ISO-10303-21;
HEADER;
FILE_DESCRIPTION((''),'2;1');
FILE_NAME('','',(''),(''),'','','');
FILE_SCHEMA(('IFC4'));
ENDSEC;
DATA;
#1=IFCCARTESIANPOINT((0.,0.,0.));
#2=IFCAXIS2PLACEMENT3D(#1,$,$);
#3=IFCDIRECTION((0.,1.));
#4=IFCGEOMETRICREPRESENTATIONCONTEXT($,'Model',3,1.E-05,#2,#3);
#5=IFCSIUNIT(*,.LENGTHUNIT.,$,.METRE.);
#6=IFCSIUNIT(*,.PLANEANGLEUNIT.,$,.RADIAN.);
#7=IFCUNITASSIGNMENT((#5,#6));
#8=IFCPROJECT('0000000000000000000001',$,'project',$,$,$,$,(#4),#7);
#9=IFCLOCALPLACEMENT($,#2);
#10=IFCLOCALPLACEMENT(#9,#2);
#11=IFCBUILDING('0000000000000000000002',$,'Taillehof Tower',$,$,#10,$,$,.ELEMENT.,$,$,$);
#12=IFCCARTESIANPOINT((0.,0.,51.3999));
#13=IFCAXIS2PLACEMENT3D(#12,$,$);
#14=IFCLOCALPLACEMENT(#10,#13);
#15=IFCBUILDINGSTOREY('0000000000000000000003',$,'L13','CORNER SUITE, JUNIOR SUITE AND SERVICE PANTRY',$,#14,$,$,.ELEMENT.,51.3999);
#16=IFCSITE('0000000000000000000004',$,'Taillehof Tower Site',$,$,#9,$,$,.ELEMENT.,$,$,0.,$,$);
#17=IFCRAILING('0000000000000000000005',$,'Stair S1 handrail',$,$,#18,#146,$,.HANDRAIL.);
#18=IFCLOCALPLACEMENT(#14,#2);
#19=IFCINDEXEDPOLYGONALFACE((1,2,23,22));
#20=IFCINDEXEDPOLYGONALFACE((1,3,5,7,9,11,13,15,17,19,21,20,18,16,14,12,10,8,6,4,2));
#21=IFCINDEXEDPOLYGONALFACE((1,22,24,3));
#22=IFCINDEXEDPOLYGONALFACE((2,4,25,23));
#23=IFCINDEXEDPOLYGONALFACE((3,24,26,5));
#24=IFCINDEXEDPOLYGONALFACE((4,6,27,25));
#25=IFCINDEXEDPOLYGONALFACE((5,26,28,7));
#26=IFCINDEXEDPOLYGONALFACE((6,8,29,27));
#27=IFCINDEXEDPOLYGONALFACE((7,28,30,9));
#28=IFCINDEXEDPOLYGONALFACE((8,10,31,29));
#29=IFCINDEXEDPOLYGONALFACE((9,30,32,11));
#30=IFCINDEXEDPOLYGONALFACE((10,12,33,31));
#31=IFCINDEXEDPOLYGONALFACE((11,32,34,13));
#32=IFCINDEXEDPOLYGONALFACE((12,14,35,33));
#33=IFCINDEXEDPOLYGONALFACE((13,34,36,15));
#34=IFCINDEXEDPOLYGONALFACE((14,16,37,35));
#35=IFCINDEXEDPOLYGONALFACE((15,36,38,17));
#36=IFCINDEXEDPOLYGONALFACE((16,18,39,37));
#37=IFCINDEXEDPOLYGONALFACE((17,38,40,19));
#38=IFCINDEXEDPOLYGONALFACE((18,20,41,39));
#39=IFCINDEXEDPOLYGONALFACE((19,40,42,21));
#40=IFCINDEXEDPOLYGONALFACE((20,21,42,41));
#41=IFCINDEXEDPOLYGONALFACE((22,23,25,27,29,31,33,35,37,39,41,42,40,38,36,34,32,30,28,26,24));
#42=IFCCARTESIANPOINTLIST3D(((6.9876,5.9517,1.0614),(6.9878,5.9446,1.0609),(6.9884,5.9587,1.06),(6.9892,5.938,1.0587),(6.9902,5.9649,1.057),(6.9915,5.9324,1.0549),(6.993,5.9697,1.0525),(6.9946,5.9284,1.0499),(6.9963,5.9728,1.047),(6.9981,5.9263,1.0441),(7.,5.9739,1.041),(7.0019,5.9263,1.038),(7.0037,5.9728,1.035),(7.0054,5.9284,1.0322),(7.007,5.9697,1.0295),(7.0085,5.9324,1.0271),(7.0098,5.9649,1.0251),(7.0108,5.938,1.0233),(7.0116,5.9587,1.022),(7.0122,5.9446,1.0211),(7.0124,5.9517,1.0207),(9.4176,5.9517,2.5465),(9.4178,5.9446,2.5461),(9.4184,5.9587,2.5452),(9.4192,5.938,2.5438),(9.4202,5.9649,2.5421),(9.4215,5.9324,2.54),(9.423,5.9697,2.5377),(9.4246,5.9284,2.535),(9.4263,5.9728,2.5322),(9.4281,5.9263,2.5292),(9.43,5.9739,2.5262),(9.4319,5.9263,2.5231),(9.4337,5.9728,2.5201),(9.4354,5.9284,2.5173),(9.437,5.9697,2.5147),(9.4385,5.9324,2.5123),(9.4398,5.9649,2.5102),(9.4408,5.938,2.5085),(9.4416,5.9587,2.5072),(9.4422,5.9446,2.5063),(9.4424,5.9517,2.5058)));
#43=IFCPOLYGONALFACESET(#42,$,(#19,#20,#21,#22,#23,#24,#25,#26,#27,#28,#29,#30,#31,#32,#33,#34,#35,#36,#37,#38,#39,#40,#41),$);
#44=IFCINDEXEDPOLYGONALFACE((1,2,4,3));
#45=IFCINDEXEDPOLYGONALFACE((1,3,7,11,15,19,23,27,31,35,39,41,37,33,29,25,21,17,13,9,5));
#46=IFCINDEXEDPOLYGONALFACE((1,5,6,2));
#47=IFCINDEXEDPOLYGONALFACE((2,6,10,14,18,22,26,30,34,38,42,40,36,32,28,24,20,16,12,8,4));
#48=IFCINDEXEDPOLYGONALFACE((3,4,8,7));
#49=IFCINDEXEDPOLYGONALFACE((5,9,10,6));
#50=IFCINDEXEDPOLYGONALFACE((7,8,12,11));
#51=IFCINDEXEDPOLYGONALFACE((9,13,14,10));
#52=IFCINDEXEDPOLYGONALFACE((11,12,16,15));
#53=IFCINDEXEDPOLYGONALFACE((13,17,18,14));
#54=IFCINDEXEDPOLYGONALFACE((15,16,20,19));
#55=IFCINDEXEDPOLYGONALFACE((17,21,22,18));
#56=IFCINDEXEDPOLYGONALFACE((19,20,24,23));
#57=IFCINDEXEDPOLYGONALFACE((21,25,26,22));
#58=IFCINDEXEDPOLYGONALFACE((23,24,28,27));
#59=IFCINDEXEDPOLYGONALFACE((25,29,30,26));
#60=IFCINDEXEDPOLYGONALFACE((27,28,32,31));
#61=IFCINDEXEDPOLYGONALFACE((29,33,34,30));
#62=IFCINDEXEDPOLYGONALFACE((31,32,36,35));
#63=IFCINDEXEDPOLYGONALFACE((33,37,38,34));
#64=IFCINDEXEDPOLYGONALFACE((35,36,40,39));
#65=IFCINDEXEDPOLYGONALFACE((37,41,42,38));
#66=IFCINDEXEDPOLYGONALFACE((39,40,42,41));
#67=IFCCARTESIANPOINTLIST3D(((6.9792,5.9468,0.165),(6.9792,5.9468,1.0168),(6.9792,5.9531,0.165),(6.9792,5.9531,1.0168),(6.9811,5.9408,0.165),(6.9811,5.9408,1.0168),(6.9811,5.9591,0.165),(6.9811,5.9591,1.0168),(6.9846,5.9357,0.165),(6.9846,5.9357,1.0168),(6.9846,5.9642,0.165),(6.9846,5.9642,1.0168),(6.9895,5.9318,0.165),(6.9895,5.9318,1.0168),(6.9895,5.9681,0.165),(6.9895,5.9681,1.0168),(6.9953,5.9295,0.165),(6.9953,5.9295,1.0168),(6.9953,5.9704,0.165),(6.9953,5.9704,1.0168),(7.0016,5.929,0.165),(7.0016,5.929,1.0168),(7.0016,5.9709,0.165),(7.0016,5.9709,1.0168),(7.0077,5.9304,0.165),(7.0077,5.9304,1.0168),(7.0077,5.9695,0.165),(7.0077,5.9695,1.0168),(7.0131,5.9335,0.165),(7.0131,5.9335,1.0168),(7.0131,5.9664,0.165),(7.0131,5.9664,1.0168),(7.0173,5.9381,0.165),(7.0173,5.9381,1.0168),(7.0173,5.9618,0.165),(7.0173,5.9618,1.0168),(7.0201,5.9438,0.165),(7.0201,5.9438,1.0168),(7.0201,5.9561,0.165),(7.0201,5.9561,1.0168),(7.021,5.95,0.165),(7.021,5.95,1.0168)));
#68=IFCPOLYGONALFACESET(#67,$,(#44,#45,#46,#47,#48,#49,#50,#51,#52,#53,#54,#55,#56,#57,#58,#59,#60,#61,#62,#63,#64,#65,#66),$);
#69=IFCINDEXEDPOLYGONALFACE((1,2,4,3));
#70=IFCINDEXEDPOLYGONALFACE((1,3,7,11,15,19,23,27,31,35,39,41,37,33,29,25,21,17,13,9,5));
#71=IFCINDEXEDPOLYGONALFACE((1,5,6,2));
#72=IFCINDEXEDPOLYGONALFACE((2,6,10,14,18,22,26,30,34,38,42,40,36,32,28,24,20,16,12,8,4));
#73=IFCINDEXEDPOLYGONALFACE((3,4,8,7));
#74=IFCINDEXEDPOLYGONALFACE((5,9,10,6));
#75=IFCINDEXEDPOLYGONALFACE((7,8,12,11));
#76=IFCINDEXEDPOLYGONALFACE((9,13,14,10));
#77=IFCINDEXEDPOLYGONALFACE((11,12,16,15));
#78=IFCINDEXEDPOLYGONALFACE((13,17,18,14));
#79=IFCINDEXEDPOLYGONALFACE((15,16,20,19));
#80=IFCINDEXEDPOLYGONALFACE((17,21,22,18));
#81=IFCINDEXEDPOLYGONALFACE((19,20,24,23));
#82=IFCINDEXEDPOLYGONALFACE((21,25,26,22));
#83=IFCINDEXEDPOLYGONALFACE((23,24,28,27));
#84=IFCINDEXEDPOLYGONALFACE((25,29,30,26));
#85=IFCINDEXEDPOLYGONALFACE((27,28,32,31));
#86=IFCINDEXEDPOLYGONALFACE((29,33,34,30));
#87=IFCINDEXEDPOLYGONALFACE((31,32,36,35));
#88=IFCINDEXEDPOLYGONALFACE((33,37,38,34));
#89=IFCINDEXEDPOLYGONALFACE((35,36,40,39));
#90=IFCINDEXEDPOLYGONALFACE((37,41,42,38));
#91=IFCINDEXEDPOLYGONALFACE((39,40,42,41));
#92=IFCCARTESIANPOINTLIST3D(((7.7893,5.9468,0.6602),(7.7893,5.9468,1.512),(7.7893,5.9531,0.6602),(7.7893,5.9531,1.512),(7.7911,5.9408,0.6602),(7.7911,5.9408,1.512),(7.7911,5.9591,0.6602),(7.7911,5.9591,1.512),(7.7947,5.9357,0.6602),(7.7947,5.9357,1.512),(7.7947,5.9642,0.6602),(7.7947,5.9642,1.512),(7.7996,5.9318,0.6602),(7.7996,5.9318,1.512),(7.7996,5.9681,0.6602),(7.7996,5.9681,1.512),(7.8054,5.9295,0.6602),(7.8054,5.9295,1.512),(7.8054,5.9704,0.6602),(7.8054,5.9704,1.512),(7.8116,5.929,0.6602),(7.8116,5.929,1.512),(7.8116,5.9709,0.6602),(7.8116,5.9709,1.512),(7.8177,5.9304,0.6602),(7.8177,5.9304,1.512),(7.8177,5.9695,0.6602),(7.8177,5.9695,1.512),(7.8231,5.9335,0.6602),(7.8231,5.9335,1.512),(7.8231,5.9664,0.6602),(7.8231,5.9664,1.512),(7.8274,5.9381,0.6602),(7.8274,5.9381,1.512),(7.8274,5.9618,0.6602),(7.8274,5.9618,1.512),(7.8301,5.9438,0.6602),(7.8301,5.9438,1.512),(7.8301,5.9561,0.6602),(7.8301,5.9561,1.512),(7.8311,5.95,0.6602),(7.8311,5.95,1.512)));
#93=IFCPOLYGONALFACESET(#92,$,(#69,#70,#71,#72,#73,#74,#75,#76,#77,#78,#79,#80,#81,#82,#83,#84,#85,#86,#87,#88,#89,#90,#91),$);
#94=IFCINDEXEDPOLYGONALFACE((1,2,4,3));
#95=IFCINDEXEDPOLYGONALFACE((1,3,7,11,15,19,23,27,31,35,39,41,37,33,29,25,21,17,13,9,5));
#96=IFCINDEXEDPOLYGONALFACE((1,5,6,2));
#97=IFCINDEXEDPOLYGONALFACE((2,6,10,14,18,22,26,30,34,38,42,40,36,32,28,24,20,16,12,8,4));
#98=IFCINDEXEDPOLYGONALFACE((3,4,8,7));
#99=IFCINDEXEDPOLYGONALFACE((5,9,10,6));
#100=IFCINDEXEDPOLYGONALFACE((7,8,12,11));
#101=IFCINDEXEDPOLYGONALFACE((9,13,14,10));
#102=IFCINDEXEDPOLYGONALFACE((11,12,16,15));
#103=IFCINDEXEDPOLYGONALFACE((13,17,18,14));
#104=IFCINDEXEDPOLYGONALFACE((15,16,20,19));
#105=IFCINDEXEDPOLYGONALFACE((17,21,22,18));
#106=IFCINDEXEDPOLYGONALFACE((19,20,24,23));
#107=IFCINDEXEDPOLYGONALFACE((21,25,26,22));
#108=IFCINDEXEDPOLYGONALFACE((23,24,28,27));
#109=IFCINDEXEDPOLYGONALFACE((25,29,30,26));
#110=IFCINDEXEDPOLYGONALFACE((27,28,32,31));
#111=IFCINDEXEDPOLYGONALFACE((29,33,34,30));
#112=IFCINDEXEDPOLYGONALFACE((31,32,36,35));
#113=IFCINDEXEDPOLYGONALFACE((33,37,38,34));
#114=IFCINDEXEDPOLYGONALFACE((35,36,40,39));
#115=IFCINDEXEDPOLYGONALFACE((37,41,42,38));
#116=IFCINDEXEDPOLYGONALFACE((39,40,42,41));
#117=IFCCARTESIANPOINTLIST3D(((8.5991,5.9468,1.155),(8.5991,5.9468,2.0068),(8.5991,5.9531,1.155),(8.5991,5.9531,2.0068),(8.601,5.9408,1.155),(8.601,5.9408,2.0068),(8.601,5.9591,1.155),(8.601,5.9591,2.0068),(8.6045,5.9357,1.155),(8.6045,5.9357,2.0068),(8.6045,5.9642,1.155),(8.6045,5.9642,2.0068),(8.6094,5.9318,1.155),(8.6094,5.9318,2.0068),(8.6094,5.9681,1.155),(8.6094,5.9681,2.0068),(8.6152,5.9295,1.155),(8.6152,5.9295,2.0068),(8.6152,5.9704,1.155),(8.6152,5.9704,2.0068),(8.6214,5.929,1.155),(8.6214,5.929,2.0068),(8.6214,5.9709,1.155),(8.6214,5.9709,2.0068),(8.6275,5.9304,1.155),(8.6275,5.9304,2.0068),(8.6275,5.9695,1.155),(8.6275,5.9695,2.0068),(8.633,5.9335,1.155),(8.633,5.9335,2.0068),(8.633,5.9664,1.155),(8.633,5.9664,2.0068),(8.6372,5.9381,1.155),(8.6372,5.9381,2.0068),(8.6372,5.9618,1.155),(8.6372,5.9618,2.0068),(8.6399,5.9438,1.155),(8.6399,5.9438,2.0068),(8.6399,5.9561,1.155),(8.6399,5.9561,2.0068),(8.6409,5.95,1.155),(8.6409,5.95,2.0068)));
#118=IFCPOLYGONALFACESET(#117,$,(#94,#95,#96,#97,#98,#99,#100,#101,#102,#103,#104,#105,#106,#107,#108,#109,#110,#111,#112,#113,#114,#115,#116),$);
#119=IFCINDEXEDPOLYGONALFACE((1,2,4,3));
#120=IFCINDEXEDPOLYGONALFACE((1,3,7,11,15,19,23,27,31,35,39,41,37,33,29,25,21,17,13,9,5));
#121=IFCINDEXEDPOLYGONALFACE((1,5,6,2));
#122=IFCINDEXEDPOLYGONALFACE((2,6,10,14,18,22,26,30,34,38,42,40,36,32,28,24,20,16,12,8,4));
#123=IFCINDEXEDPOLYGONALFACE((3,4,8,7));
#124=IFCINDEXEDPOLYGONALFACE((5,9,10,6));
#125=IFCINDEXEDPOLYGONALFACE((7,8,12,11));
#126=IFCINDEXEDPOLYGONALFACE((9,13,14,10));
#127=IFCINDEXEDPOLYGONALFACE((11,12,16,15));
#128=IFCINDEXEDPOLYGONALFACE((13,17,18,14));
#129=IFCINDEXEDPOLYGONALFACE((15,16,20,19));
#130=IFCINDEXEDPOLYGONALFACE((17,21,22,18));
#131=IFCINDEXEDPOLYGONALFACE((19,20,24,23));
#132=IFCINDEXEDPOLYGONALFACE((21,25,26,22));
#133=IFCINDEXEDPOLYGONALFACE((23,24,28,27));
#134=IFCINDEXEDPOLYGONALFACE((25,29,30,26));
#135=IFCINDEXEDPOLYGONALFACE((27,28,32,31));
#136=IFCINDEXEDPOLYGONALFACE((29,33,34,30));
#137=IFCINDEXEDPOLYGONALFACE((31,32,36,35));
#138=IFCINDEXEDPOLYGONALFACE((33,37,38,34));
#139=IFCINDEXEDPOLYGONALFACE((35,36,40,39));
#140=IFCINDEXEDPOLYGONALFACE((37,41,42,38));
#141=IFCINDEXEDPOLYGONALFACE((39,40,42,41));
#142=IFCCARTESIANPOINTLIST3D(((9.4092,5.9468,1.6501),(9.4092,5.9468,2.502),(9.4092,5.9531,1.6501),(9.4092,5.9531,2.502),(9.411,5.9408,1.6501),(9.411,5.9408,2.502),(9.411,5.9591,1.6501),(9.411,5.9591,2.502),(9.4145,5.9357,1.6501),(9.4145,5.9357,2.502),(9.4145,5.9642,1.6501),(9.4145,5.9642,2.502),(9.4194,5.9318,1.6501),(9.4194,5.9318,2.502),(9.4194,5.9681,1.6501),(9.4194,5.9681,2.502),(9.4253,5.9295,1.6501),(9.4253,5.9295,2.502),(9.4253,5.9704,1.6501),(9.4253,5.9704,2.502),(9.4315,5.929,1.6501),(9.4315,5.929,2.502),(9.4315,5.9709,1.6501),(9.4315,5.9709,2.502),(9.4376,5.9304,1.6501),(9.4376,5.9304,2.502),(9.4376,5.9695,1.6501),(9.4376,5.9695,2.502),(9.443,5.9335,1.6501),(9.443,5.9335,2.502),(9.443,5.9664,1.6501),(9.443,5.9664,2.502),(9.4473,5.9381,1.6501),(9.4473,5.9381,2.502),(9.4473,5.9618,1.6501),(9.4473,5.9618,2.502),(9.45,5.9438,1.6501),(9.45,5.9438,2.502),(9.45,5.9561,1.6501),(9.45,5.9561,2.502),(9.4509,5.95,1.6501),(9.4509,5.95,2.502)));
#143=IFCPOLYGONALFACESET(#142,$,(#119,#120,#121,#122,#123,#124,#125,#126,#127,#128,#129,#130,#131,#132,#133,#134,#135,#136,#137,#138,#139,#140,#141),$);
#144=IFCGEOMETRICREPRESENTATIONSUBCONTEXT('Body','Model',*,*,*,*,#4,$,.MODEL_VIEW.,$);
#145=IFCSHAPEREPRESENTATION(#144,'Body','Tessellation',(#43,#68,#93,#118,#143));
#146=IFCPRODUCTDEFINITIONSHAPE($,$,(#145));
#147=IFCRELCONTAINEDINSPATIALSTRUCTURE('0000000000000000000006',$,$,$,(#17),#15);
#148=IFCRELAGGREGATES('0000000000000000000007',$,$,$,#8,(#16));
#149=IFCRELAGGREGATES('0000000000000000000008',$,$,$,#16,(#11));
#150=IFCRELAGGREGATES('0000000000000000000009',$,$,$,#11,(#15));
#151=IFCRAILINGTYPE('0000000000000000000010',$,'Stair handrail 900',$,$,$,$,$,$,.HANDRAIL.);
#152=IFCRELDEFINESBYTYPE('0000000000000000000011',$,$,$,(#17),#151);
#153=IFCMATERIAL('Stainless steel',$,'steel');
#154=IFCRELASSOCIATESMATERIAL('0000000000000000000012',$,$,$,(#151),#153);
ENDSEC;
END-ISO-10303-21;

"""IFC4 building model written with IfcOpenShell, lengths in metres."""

from ifc_helpers import new_model, si_unit, direction, frame, origin, origin_2d, place, context, subcontext, project, spatial, circle, extrude, material, type_object, element, save


model = new_model("IFC4")

# Units and contexts
model_context = context("Model", 3, precision=1e-05, world=origin(), true_north=direction((0.0, 1.0)))
body_context = subcontext(model_context, "Body", "Model", "MODEL_VIEW")
ifc_project = project(units=[si_unit("LENGTHUNIT", "METRE"), si_unit("PLANEANGLEUNIT", "RADIAN")], contexts=[model_context])

# Site, building, storey
site_placement = place(None, origin())
site = spatial("IfcSite", under=ifc_project, at=site_placement, Name="Taillehof Tower Site", CompositionType="ELEMENT", RefElevation=0.0)
building_placement = place(site_placement, origin())
building = spatial("IfcBuilding", under=site, at=building_placement, Name="Taillehof Tower", CompositionType="ELEMENT")
storey_placement = place(building_placement, frame((0.0, 0.0, 51.3999)))
storey = spatial("IfcBuildingStorey", under=building, at=storey_placement, Name="L13", Description="CORNER SUITE, JUNIOR SUITE AND SERVICE PANTRY", CompositionType="ELEMENT", Elevation=51.3999)

# Railing
ifc_material_1 = material(Name="Stainless steel", Category="steel")
railing_type = type_object("IfcRailingType", Name="Stair handrail 900", PredefinedType="HANDRAIL", material=ifc_material_1)
railing_placement = place(storey_placement, frame((7.0, 5.95, 0.165)))
element("IfcRailing", 1, at=railing_placement, inside=storey, type_object=railing_type, Name="Stair S1 handrail", PredefinedType="HANDRAIL", context=body_context, shape_type="SweptSolid", body=[
    extrude(circle(Radius=0.0239, at=origin_2d()), frame((0.0, 0.0, 0.876), z_axis=(0.853259, 0.0, 0.521488), x_axis=(0.0, 1.0, 0.0)), (0.0, 0.0, 1.0), 2.8479),
    extrude(circle(Radius=0.021, at=origin_2d()), origin(), (0.0, 0.0, 1.0), 0.8518),
    extrude(circle(Radius=0.021, at=origin_2d()), frame((0.8101, 0.0, 0.4951)), (0.0, 0.0, 1.0), 0.8518),
    extrude(circle(Radius=0.021, at=origin_2d()), frame((1.6199, 0.0, 0.99)), (0.0, 0.0, 1.0), 0.8518),
    extrude(circle(Radius=0.021, at=origin_2d()), frame((2.4299, 0.0, 1.4851)), (0.0, 0.0, 1.0), 0.8518),
])

save(model, "model.ifc")
